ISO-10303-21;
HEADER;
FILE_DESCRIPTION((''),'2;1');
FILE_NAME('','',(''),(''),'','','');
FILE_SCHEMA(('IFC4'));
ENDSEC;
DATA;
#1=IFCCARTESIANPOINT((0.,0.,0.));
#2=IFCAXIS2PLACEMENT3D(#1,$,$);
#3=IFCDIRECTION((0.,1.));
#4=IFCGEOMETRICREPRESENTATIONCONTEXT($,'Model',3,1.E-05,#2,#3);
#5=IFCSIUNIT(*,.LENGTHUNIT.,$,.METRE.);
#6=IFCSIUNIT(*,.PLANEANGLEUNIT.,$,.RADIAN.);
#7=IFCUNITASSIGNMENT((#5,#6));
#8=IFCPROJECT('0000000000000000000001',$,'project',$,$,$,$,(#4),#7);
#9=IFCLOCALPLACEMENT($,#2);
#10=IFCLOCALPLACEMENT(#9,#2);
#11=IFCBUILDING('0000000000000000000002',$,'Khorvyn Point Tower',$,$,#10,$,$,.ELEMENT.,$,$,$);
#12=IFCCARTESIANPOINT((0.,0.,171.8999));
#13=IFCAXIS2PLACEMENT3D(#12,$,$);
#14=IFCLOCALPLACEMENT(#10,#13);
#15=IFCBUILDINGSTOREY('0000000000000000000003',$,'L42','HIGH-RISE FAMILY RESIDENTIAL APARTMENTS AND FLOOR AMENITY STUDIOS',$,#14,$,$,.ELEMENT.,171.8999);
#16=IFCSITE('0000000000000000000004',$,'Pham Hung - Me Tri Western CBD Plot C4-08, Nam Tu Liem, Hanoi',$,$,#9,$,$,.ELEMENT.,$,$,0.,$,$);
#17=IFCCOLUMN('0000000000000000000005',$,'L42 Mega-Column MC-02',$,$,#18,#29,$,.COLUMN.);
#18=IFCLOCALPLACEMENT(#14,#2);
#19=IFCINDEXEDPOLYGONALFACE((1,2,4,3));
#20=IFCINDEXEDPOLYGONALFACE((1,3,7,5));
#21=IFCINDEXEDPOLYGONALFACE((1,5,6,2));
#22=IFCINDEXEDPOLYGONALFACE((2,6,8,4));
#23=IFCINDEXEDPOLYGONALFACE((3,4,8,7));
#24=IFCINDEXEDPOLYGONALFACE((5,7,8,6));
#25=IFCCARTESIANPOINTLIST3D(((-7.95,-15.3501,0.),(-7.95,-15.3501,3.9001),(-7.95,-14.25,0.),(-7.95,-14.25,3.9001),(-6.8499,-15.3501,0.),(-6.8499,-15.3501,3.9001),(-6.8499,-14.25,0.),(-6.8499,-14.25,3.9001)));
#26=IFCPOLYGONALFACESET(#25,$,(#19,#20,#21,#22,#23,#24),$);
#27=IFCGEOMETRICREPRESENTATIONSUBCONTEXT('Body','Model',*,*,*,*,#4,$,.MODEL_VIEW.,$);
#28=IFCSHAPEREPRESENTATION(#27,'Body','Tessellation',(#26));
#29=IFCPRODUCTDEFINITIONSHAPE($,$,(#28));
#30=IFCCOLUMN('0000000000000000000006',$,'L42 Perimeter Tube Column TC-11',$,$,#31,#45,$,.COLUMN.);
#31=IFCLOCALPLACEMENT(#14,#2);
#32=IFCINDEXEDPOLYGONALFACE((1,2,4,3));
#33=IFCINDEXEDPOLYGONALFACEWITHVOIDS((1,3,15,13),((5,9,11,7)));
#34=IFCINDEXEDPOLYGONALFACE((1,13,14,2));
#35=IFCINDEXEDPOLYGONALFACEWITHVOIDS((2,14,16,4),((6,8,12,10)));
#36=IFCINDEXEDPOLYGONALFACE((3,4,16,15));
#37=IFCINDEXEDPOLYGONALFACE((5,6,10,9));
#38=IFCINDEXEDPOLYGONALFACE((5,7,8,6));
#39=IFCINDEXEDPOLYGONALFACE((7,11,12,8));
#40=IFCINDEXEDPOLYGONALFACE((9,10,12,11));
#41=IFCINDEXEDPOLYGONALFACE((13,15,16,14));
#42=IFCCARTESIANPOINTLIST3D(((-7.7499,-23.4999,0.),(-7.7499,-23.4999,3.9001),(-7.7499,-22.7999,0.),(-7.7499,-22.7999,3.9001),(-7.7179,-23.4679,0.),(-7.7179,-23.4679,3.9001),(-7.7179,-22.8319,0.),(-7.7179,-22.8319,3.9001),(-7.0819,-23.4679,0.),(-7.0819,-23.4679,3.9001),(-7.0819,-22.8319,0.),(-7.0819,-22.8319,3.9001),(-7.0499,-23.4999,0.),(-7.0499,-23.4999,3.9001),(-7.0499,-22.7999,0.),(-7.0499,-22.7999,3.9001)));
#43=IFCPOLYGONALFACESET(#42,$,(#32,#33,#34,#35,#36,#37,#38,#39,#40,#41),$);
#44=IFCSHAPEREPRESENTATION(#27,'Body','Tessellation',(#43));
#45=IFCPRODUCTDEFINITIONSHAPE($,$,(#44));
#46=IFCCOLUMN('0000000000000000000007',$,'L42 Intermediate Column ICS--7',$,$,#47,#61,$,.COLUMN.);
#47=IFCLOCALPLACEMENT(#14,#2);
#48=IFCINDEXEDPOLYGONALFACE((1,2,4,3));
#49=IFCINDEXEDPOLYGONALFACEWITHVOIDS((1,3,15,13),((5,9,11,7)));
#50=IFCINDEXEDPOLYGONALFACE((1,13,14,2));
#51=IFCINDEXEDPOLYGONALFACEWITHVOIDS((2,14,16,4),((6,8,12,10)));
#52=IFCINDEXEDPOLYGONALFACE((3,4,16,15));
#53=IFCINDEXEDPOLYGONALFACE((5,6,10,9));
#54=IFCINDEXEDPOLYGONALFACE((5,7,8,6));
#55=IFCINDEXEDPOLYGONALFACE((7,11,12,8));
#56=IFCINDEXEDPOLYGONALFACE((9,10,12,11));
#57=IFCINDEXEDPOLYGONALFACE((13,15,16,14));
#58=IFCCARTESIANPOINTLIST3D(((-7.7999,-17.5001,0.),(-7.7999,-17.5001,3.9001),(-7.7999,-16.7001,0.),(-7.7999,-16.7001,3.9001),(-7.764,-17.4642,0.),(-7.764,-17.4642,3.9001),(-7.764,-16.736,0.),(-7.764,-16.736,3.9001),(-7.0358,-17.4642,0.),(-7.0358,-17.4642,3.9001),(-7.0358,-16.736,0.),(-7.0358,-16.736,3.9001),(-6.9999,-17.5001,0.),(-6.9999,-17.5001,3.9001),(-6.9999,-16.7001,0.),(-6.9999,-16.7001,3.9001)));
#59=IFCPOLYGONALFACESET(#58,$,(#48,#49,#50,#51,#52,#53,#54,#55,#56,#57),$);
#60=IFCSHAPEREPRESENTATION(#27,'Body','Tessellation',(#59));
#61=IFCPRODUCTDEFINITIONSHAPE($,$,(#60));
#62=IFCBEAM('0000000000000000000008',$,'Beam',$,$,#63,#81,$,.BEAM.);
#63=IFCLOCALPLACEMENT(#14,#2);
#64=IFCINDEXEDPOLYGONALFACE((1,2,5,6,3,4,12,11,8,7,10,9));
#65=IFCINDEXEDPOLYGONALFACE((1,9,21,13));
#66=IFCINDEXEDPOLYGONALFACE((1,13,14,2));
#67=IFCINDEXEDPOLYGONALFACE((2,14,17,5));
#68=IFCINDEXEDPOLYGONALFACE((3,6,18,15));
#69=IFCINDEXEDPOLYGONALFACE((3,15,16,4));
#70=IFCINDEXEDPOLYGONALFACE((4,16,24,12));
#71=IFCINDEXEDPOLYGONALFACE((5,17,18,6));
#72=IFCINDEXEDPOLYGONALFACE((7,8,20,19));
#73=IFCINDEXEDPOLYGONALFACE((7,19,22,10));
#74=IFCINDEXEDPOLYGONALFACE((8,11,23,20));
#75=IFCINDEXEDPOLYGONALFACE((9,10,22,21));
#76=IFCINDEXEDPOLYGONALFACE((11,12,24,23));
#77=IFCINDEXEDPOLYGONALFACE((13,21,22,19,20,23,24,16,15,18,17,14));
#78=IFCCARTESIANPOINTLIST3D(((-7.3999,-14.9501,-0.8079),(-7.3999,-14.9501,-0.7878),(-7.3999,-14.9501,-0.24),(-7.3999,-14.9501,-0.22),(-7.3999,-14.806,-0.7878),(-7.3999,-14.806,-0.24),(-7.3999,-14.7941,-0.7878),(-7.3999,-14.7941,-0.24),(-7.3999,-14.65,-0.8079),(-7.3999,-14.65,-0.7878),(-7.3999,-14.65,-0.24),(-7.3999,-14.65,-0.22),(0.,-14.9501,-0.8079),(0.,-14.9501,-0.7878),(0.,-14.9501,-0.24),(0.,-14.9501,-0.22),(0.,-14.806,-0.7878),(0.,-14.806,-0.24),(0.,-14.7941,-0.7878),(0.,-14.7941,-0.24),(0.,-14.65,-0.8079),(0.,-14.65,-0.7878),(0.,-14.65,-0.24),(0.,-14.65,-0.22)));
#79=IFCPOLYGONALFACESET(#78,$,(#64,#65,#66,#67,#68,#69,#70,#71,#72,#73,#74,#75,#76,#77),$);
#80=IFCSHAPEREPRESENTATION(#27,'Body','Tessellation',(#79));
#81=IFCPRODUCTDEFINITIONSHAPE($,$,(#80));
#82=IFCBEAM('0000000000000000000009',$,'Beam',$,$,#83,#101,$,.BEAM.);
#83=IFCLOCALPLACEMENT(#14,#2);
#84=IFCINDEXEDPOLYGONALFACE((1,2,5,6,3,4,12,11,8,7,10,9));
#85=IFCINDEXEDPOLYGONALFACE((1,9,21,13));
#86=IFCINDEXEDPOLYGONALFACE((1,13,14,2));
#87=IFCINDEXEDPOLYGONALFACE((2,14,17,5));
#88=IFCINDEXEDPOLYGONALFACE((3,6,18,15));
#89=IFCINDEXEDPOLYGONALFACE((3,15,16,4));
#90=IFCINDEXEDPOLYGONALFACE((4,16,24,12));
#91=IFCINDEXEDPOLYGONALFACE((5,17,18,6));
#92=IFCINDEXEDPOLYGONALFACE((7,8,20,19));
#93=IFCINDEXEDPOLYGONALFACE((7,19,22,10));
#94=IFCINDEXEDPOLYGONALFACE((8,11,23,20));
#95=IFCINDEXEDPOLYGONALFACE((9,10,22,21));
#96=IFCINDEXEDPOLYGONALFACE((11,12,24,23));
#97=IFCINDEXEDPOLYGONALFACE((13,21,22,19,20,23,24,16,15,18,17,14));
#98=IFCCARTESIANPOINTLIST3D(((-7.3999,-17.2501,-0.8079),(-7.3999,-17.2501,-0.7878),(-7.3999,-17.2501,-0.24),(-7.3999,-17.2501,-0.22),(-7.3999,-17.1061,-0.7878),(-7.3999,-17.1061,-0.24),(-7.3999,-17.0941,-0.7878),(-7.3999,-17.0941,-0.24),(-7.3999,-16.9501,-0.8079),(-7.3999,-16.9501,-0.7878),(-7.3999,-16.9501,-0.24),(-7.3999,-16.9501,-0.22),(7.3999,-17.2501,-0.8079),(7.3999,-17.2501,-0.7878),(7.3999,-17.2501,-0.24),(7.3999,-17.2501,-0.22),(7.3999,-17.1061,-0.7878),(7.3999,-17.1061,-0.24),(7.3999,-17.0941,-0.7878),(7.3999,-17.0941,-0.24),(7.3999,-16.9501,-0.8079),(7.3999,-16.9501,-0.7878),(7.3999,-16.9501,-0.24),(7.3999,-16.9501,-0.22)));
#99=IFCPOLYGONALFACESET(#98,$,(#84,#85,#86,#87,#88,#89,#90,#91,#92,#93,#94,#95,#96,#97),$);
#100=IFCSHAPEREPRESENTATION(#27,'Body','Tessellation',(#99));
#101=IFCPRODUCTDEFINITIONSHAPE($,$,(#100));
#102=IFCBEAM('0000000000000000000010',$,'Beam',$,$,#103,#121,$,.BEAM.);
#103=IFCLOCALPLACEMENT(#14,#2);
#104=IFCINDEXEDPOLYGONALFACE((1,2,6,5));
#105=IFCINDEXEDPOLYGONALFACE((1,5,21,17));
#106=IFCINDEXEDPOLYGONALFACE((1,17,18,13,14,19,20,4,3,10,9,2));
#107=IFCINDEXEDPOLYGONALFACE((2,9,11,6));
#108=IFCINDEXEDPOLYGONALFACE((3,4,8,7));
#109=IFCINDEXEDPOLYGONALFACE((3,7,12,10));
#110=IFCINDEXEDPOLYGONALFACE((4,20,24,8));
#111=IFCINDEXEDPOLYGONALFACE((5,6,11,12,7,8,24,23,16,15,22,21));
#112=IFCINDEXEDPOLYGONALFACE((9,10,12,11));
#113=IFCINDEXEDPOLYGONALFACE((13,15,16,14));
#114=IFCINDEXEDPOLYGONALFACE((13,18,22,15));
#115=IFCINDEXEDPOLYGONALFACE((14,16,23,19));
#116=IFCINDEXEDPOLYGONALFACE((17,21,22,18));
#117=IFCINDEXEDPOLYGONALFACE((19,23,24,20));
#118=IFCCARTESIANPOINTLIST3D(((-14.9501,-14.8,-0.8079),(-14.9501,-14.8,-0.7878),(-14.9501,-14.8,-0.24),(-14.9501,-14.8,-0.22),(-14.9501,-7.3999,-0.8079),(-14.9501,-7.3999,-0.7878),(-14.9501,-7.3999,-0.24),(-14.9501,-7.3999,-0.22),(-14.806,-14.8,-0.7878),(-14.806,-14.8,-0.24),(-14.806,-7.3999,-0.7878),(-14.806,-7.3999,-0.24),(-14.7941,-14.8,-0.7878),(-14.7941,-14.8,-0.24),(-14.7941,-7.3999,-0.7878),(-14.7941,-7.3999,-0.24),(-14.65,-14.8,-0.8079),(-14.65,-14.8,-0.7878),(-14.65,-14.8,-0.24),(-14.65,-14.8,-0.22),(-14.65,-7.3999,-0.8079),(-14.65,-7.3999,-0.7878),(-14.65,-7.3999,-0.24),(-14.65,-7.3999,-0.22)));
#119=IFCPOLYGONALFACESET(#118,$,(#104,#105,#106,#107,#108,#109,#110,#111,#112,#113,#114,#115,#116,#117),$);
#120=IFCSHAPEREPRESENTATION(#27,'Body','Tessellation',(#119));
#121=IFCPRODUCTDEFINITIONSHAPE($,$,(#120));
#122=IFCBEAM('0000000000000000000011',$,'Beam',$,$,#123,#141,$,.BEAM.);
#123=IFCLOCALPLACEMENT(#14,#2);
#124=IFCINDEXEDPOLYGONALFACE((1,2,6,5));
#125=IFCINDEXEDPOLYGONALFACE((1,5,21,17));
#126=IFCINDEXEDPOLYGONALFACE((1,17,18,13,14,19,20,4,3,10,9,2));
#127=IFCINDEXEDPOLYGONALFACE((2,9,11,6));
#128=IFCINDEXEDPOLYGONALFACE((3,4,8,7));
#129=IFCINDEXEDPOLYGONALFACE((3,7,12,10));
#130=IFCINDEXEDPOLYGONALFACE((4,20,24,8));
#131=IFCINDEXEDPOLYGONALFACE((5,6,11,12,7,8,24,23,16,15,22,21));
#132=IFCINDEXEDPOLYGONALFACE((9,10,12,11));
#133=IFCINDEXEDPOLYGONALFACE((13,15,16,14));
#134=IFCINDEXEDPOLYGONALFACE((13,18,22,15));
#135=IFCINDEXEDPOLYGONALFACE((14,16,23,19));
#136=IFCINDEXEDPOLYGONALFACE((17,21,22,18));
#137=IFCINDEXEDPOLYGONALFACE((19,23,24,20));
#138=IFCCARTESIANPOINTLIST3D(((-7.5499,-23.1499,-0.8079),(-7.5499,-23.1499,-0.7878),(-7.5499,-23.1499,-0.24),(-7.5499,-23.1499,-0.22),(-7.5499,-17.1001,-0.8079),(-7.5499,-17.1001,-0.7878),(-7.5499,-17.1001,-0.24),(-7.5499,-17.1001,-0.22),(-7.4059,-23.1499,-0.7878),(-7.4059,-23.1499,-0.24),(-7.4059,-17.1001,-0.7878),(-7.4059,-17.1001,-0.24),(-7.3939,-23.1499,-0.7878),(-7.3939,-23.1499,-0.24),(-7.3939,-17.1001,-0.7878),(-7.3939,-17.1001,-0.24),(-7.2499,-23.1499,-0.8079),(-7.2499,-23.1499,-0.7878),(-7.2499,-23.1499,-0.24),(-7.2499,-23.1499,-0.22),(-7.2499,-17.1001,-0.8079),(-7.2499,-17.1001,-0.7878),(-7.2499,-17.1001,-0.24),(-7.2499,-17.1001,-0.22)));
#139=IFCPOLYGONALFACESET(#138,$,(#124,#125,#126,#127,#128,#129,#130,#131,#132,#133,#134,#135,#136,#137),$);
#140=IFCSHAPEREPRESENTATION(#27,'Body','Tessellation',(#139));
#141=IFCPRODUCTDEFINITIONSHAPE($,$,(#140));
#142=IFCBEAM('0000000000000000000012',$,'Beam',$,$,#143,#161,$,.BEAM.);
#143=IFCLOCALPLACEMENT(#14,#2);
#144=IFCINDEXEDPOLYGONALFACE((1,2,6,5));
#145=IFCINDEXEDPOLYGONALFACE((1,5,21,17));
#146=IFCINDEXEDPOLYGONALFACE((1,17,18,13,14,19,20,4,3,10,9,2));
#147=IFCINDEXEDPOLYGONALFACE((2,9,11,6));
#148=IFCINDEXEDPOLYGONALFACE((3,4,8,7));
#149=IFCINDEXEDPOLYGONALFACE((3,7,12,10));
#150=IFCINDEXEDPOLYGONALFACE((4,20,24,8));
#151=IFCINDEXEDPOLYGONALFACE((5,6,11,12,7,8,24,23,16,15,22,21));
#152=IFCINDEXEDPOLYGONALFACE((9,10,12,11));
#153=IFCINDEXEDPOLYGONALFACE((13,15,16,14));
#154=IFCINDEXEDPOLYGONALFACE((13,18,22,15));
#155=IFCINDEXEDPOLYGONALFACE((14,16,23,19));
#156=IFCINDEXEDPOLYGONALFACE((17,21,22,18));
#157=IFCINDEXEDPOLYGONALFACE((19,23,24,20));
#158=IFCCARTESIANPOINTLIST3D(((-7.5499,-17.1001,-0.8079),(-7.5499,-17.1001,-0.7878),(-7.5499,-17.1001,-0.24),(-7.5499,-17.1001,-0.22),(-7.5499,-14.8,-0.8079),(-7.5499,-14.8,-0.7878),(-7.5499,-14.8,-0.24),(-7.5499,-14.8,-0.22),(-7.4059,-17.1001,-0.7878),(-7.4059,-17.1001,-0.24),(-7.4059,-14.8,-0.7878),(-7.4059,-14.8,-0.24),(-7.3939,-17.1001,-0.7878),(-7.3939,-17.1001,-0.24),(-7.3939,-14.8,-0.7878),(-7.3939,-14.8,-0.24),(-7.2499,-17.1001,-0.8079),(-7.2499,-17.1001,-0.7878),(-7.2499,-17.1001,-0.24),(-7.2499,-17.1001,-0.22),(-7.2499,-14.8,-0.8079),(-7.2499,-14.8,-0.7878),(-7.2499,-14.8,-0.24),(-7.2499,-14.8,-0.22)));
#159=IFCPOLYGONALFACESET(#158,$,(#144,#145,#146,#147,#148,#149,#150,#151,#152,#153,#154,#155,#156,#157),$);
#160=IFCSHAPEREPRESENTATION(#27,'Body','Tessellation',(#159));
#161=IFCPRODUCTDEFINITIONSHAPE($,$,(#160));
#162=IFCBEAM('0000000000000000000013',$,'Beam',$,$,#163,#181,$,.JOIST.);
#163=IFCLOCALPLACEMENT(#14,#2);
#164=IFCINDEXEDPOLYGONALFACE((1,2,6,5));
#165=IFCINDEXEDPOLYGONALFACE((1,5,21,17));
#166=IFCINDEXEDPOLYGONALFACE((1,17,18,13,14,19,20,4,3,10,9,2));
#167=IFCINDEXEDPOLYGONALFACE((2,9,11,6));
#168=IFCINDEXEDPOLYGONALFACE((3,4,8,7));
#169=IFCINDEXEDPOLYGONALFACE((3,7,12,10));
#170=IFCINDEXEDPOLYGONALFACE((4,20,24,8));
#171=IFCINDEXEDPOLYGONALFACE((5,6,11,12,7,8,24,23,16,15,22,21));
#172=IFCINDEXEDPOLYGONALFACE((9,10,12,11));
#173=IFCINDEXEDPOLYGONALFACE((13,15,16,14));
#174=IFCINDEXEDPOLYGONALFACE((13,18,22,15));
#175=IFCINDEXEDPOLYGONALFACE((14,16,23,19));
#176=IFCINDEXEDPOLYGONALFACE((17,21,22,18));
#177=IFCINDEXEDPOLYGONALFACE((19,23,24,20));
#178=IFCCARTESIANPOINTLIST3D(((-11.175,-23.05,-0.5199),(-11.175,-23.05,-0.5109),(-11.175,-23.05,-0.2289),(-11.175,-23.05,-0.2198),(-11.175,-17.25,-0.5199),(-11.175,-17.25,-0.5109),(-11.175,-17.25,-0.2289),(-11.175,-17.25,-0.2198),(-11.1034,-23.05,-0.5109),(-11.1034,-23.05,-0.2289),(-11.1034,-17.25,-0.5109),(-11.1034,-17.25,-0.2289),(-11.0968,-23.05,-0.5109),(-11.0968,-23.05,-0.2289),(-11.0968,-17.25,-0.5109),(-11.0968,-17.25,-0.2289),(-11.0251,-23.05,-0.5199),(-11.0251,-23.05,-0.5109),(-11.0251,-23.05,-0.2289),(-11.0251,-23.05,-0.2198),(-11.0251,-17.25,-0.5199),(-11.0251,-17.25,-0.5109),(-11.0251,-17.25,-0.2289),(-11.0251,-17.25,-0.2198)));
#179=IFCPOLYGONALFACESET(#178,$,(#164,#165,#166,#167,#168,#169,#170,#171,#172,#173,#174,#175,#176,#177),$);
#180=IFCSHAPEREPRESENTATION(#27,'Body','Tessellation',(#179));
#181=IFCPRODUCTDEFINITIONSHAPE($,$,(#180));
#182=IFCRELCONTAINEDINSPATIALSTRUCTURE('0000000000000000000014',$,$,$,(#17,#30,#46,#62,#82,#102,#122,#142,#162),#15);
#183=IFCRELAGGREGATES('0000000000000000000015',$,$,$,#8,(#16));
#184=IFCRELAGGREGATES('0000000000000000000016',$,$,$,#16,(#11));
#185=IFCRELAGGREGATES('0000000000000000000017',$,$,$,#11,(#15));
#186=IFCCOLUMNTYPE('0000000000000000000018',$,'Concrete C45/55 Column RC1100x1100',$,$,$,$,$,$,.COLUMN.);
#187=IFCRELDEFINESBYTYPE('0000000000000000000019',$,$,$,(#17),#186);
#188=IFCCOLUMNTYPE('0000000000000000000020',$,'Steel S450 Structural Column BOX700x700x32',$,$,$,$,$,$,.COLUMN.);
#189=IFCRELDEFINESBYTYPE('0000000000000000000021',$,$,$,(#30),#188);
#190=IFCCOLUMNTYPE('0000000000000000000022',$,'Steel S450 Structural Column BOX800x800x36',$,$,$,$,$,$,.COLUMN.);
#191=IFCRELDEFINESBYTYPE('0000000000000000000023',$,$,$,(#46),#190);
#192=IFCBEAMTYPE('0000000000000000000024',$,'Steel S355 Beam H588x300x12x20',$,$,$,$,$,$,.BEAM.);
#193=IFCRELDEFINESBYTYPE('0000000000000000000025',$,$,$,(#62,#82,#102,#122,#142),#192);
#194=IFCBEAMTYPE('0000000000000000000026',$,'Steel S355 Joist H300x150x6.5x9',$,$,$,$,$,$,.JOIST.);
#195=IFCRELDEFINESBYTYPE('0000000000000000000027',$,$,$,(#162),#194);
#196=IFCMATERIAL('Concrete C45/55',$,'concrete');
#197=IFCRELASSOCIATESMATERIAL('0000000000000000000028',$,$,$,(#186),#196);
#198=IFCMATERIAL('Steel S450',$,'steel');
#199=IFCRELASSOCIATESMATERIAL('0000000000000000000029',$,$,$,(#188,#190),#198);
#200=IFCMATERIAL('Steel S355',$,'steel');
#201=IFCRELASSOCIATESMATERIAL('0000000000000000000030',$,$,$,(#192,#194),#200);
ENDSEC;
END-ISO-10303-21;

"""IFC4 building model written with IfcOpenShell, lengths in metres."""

from ifc_helpers import new_model, si_unit, direction, frame, origin, origin_2d, place, context, subcontext, project, spatial, rectangle, hollow_rectangle, i_section, extrude, material, material_profile, profile_set, type_object, element, save


model = new_model("IFC4")

# Units and contexts
model_context = context("Model", 3, precision=1e-05, world=origin(), true_north=direction((0.0, 1.0)))
body_context = subcontext(model_context, "Body", "Model", "MODEL_VIEW")
ifc_project = project(units=[si_unit("LENGTHUNIT", "METRE"), si_unit("PLANEANGLEUNIT", "RADIAN")], contexts=[model_context])

# Site, building, storey
site_placement = place(None, origin())
site = spatial("IfcSite", under=ifc_project, at=site_placement, Name="Pham Hung - Me Tri Western CBD Plot C4-08, Nam Tu Liem, Hanoi", CompositionType="ELEMENT", RefElevation=0.0)
building_placement = place(site_placement, origin())
building = spatial("IfcBuilding", under=site, at=building_placement, Name="Khorvyn Point Tower", CompositionType="ELEMENT")
storey_placement = place(building_placement, frame((0.0, 0.0, 171.8999)))
storey = spatial("IfcBuildingStorey", under=building, at=storey_placement, Name="L42", Description="HIGH-RISE FAMILY RESIDENTIAL APARTMENTS AND FLOOR AMENITY STUDIOS", CompositionType="ELEMENT", Elevation=171.8999)

# Columns
ifc_material_1 = material(Name="Concrete C45/55", Category="concrete")
ifc_material_profile_1 = material_profile(ifc_material_1, rectangle(XDim=1.1001, YDim=1.1001, at=origin_2d()))
ifc_profile_set_1 = profile_set([ifc_material_profile_1], Name="Concrete C45/55 RC1100x1100")
column_type_1 = type_object("IfcColumnType", Name="Concrete C45/55 Column RC1100x1100", PredefinedType="COLUMN", material=ifc_profile_set_1)
column_1_placement = place(storey_placement, frame((-7.3999, -14.8, 0.0), z_axis=(0.0, 0.0, 1.0), x_axis=(1.0, 0.0, 0.0)))
element("IfcColumn", 1, at=column_1_placement, inside=storey, type_object=column_type_1, Name="L42 Mega-Column MC-02", PredefinedType="COLUMN", context=body_context, shape_type="SweptSolid", body=[
    extrude(rectangle(XDim=1.1001, YDim=1.1001, at=origin_2d()), origin(), (0.0, 0.0, 1.0), 3.9001),
])
ifc_material_2 = material(Name="Steel S450", Category="steel")
ifc_material_profile_2 = material_profile(ifc_material_2, hollow_rectangle(XDim=0.7, YDim=0.7, WallThickness=0.032, at=origin_2d()))
ifc_profile_set_2 = profile_set([ifc_material_profile_2], Name="Steel S450 BOX700x700x32")
column_type_2 = type_object("IfcColumnType", Name="Steel S450 Structural Column BOX700x700x32", PredefinedType="COLUMN", material=ifc_profile_set_2)
column_2_placement = place(storey_placement, frame((-7.3999, -23.1499, 0.0), z_axis=(0.0, 0.0, 1.0), x_axis=(1.0, 0.0, 0.0)))
element("IfcColumn", 2, at=column_2_placement, inside=storey, type_object=column_type_2, Name="L42 Perimeter Tube Column TC-11", PredefinedType="COLUMN", context=body_context, shape_type="SweptSolid", body=[
    extrude(hollow_rectangle(XDim=0.7, YDim=0.7, WallThickness=0.032, at=origin_2d()), origin(), (0.0, 0.0, 1.0), 3.9001),
])
ifc_material_profile_3 = material_profile(ifc_material_2, hollow_rectangle(XDim=0.8, YDim=0.8, WallThickness=0.0359, at=origin_2d()))
ifc_profile_set_3 = profile_set([ifc_material_profile_3], Name="Steel S450 BOX800x800x36")
column_type_3 = type_object("IfcColumnType", Name="Steel S450 Structural Column BOX800x800x36", PredefinedType="COLUMN", material=ifc_profile_set_3)
column_3_placement = place(storey_placement, frame((-7.3999, -17.1001, 0.0), z_axis=(0.0, 0.0, 1.0), x_axis=(1.0, 0.0, 0.0)))
element("IfcColumn", 3, at=column_3_placement, inside=storey, type_object=column_type_3, Name="L42 Intermediate Column ICS--7", PredefinedType="COLUMN", context=body_context, shape_type="SweptSolid", body=[
    extrude(hollow_rectangle(XDim=0.8, YDim=0.8, WallThickness=0.0359, at=origin_2d()), origin(), (0.0, 0.0, 1.0), 3.9001),
])

# Beams
ifc_material_3 = material(Name="Steel S355", Category="steel")
ifc_material_profile_4 = material_profile(ifc_material_3, i_section(OverallWidth=0.3, OverallDepth=0.5879, WebThickness=0.012, FlangeThickness=0.02, at=origin_2d()))
ifc_profile_set_4 = profile_set([ifc_material_profile_4], Name="Steel S355 H588x300x12x20")
beam_type_1 = type_object("IfcBeamType", Name="Steel S355 Beam H588x300x12x20", PredefinedType="BEAM", material=ifc_profile_set_4)
beam_1_placement = place(storey_placement, frame((-7.3999, -14.8, -0.5139), z_axis=(1.0, 0.0, 0.0), x_axis=(0.0, 1.0, 0.0)))
element("IfcBeam", 4, at=beam_1_placement, inside=storey, type_object=beam_type_1, Name="Beam", PredefinedType="BEAM", context=body_context, shape_type="SweptSolid", body=[
    extrude(i_section(OverallWidth=0.3, OverallDepth=0.5879, WebThickness=0.012, FlangeThickness=0.02, at=origin_2d()), origin(), (0.0, 0.0, 1.0), 7.3999),
])
beam_2_placement = place(storey_placement, frame((-7.3999, -17.1001, -0.5139), z_axis=(1.0, 0.0, 0.0), x_axis=(0.0, 1.0, 0.0)))
element("IfcBeam", 5, at=beam_2_placement, inside=storey, type_object=beam_type_1, Name="Beam", PredefinedType="BEAM", context=body_context, shape_type="SweptSolid", body=[
    extrude(i_section(OverallWidth=0.3, OverallDepth=0.5879, WebThickness=0.012, FlangeThickness=0.02, at=origin_2d()), origin(), (0.0, 0.0, 1.0), 14.7998),
])
beam_3_placement = place(storey_placement, frame((-14.8, -14.8, -0.5139), z_axis=(0.0, 1.0, 0.0), x_axis=(-1.0, 0.0, 0.0)))
element("IfcBeam", 6, at=beam_3_placement, inside=storey, type_object=beam_type_1, Name="Beam", PredefinedType="BEAM", context=body_context, shape_type="SweptSolid", body=[
    extrude(i_section(OverallWidth=0.3, OverallDepth=0.5879, WebThickness=0.012, FlangeThickness=0.02, at=origin_2d()), origin(), (0.0, 0.0, 1.0), 7.4001),
])
beam_4_placement = place(storey_placement, frame((-7.3999, -23.1499, -0.5139), z_axis=(0.0, 1.0, 0.0), x_axis=(-1.0, 0.0, 0.0)))
element("IfcBeam", 7, at=beam_4_placement, inside=storey, type_object=beam_type_1, Name="Beam", PredefinedType="BEAM", context=body_context, shape_type="SweptSolid", body=[
    extrude(i_section(OverallWidth=0.3, OverallDepth=0.5879, WebThickness=0.012, FlangeThickness=0.02, at=origin_2d()), origin(), (0.0, 0.0, 1.0), 6.0498),
])
beam_5_placement = place(storey_placement, frame((-7.3999, -17.1001, -0.5139), z_axis=(0.0, 1.0, 0.0), x_axis=(-1.0, 0.0, 0.0)))
element("IfcBeam", 8, at=beam_5_placement, inside=storey, type_object=beam_type_1, Name="Beam", PredefinedType="BEAM", context=body_context, shape_type="SweptSolid", body=[
    extrude(i_section(OverallWidth=0.3, OverallDepth=0.5879, WebThickness=0.012, FlangeThickness=0.02, at=origin_2d()), origin(), (0.0, 0.0, 1.0), 2.3),
])
ifc_material_profile_5 = material_profile(ifc_material_3, i_section(OverallWidth=0.1499, OverallDepth=0.3, WebThickness=0.0066, FlangeThickness=0.009, at=origin_2d()))
ifc_profile_set_5 = profile_set([ifc_material_profile_5], Name="Steel S355 H300x150x6.5x9")
beam_type_2 = type_object("IfcBeamType", Name="Steel S355 Joist H300x150x6.5x9", PredefinedType="JOIST", material=ifc_profile_set_5)
beam_6_placement = place(storey_placement, frame((-11.1001, -23.05, -0.3699), z_axis=(0.0, 1.0, 0.0), x_axis=(-1.0, 0.0, 0.0)))
element("IfcBeam", 9, at=beam_6_placement, inside=storey, type_object=beam_type_2, Name="Beam", PredefinedType="JOIST", context=body_context, shape_type="SweptSolid", body=[
    extrude(i_section(OverallWidth=0.1499, OverallDepth=0.3, WebThickness=0.0066, FlangeThickness=0.009, at=origin_2d()), origin(), (0.0, 0.0, 1.0), 5.8),
])

save(model, "model.ifc")
